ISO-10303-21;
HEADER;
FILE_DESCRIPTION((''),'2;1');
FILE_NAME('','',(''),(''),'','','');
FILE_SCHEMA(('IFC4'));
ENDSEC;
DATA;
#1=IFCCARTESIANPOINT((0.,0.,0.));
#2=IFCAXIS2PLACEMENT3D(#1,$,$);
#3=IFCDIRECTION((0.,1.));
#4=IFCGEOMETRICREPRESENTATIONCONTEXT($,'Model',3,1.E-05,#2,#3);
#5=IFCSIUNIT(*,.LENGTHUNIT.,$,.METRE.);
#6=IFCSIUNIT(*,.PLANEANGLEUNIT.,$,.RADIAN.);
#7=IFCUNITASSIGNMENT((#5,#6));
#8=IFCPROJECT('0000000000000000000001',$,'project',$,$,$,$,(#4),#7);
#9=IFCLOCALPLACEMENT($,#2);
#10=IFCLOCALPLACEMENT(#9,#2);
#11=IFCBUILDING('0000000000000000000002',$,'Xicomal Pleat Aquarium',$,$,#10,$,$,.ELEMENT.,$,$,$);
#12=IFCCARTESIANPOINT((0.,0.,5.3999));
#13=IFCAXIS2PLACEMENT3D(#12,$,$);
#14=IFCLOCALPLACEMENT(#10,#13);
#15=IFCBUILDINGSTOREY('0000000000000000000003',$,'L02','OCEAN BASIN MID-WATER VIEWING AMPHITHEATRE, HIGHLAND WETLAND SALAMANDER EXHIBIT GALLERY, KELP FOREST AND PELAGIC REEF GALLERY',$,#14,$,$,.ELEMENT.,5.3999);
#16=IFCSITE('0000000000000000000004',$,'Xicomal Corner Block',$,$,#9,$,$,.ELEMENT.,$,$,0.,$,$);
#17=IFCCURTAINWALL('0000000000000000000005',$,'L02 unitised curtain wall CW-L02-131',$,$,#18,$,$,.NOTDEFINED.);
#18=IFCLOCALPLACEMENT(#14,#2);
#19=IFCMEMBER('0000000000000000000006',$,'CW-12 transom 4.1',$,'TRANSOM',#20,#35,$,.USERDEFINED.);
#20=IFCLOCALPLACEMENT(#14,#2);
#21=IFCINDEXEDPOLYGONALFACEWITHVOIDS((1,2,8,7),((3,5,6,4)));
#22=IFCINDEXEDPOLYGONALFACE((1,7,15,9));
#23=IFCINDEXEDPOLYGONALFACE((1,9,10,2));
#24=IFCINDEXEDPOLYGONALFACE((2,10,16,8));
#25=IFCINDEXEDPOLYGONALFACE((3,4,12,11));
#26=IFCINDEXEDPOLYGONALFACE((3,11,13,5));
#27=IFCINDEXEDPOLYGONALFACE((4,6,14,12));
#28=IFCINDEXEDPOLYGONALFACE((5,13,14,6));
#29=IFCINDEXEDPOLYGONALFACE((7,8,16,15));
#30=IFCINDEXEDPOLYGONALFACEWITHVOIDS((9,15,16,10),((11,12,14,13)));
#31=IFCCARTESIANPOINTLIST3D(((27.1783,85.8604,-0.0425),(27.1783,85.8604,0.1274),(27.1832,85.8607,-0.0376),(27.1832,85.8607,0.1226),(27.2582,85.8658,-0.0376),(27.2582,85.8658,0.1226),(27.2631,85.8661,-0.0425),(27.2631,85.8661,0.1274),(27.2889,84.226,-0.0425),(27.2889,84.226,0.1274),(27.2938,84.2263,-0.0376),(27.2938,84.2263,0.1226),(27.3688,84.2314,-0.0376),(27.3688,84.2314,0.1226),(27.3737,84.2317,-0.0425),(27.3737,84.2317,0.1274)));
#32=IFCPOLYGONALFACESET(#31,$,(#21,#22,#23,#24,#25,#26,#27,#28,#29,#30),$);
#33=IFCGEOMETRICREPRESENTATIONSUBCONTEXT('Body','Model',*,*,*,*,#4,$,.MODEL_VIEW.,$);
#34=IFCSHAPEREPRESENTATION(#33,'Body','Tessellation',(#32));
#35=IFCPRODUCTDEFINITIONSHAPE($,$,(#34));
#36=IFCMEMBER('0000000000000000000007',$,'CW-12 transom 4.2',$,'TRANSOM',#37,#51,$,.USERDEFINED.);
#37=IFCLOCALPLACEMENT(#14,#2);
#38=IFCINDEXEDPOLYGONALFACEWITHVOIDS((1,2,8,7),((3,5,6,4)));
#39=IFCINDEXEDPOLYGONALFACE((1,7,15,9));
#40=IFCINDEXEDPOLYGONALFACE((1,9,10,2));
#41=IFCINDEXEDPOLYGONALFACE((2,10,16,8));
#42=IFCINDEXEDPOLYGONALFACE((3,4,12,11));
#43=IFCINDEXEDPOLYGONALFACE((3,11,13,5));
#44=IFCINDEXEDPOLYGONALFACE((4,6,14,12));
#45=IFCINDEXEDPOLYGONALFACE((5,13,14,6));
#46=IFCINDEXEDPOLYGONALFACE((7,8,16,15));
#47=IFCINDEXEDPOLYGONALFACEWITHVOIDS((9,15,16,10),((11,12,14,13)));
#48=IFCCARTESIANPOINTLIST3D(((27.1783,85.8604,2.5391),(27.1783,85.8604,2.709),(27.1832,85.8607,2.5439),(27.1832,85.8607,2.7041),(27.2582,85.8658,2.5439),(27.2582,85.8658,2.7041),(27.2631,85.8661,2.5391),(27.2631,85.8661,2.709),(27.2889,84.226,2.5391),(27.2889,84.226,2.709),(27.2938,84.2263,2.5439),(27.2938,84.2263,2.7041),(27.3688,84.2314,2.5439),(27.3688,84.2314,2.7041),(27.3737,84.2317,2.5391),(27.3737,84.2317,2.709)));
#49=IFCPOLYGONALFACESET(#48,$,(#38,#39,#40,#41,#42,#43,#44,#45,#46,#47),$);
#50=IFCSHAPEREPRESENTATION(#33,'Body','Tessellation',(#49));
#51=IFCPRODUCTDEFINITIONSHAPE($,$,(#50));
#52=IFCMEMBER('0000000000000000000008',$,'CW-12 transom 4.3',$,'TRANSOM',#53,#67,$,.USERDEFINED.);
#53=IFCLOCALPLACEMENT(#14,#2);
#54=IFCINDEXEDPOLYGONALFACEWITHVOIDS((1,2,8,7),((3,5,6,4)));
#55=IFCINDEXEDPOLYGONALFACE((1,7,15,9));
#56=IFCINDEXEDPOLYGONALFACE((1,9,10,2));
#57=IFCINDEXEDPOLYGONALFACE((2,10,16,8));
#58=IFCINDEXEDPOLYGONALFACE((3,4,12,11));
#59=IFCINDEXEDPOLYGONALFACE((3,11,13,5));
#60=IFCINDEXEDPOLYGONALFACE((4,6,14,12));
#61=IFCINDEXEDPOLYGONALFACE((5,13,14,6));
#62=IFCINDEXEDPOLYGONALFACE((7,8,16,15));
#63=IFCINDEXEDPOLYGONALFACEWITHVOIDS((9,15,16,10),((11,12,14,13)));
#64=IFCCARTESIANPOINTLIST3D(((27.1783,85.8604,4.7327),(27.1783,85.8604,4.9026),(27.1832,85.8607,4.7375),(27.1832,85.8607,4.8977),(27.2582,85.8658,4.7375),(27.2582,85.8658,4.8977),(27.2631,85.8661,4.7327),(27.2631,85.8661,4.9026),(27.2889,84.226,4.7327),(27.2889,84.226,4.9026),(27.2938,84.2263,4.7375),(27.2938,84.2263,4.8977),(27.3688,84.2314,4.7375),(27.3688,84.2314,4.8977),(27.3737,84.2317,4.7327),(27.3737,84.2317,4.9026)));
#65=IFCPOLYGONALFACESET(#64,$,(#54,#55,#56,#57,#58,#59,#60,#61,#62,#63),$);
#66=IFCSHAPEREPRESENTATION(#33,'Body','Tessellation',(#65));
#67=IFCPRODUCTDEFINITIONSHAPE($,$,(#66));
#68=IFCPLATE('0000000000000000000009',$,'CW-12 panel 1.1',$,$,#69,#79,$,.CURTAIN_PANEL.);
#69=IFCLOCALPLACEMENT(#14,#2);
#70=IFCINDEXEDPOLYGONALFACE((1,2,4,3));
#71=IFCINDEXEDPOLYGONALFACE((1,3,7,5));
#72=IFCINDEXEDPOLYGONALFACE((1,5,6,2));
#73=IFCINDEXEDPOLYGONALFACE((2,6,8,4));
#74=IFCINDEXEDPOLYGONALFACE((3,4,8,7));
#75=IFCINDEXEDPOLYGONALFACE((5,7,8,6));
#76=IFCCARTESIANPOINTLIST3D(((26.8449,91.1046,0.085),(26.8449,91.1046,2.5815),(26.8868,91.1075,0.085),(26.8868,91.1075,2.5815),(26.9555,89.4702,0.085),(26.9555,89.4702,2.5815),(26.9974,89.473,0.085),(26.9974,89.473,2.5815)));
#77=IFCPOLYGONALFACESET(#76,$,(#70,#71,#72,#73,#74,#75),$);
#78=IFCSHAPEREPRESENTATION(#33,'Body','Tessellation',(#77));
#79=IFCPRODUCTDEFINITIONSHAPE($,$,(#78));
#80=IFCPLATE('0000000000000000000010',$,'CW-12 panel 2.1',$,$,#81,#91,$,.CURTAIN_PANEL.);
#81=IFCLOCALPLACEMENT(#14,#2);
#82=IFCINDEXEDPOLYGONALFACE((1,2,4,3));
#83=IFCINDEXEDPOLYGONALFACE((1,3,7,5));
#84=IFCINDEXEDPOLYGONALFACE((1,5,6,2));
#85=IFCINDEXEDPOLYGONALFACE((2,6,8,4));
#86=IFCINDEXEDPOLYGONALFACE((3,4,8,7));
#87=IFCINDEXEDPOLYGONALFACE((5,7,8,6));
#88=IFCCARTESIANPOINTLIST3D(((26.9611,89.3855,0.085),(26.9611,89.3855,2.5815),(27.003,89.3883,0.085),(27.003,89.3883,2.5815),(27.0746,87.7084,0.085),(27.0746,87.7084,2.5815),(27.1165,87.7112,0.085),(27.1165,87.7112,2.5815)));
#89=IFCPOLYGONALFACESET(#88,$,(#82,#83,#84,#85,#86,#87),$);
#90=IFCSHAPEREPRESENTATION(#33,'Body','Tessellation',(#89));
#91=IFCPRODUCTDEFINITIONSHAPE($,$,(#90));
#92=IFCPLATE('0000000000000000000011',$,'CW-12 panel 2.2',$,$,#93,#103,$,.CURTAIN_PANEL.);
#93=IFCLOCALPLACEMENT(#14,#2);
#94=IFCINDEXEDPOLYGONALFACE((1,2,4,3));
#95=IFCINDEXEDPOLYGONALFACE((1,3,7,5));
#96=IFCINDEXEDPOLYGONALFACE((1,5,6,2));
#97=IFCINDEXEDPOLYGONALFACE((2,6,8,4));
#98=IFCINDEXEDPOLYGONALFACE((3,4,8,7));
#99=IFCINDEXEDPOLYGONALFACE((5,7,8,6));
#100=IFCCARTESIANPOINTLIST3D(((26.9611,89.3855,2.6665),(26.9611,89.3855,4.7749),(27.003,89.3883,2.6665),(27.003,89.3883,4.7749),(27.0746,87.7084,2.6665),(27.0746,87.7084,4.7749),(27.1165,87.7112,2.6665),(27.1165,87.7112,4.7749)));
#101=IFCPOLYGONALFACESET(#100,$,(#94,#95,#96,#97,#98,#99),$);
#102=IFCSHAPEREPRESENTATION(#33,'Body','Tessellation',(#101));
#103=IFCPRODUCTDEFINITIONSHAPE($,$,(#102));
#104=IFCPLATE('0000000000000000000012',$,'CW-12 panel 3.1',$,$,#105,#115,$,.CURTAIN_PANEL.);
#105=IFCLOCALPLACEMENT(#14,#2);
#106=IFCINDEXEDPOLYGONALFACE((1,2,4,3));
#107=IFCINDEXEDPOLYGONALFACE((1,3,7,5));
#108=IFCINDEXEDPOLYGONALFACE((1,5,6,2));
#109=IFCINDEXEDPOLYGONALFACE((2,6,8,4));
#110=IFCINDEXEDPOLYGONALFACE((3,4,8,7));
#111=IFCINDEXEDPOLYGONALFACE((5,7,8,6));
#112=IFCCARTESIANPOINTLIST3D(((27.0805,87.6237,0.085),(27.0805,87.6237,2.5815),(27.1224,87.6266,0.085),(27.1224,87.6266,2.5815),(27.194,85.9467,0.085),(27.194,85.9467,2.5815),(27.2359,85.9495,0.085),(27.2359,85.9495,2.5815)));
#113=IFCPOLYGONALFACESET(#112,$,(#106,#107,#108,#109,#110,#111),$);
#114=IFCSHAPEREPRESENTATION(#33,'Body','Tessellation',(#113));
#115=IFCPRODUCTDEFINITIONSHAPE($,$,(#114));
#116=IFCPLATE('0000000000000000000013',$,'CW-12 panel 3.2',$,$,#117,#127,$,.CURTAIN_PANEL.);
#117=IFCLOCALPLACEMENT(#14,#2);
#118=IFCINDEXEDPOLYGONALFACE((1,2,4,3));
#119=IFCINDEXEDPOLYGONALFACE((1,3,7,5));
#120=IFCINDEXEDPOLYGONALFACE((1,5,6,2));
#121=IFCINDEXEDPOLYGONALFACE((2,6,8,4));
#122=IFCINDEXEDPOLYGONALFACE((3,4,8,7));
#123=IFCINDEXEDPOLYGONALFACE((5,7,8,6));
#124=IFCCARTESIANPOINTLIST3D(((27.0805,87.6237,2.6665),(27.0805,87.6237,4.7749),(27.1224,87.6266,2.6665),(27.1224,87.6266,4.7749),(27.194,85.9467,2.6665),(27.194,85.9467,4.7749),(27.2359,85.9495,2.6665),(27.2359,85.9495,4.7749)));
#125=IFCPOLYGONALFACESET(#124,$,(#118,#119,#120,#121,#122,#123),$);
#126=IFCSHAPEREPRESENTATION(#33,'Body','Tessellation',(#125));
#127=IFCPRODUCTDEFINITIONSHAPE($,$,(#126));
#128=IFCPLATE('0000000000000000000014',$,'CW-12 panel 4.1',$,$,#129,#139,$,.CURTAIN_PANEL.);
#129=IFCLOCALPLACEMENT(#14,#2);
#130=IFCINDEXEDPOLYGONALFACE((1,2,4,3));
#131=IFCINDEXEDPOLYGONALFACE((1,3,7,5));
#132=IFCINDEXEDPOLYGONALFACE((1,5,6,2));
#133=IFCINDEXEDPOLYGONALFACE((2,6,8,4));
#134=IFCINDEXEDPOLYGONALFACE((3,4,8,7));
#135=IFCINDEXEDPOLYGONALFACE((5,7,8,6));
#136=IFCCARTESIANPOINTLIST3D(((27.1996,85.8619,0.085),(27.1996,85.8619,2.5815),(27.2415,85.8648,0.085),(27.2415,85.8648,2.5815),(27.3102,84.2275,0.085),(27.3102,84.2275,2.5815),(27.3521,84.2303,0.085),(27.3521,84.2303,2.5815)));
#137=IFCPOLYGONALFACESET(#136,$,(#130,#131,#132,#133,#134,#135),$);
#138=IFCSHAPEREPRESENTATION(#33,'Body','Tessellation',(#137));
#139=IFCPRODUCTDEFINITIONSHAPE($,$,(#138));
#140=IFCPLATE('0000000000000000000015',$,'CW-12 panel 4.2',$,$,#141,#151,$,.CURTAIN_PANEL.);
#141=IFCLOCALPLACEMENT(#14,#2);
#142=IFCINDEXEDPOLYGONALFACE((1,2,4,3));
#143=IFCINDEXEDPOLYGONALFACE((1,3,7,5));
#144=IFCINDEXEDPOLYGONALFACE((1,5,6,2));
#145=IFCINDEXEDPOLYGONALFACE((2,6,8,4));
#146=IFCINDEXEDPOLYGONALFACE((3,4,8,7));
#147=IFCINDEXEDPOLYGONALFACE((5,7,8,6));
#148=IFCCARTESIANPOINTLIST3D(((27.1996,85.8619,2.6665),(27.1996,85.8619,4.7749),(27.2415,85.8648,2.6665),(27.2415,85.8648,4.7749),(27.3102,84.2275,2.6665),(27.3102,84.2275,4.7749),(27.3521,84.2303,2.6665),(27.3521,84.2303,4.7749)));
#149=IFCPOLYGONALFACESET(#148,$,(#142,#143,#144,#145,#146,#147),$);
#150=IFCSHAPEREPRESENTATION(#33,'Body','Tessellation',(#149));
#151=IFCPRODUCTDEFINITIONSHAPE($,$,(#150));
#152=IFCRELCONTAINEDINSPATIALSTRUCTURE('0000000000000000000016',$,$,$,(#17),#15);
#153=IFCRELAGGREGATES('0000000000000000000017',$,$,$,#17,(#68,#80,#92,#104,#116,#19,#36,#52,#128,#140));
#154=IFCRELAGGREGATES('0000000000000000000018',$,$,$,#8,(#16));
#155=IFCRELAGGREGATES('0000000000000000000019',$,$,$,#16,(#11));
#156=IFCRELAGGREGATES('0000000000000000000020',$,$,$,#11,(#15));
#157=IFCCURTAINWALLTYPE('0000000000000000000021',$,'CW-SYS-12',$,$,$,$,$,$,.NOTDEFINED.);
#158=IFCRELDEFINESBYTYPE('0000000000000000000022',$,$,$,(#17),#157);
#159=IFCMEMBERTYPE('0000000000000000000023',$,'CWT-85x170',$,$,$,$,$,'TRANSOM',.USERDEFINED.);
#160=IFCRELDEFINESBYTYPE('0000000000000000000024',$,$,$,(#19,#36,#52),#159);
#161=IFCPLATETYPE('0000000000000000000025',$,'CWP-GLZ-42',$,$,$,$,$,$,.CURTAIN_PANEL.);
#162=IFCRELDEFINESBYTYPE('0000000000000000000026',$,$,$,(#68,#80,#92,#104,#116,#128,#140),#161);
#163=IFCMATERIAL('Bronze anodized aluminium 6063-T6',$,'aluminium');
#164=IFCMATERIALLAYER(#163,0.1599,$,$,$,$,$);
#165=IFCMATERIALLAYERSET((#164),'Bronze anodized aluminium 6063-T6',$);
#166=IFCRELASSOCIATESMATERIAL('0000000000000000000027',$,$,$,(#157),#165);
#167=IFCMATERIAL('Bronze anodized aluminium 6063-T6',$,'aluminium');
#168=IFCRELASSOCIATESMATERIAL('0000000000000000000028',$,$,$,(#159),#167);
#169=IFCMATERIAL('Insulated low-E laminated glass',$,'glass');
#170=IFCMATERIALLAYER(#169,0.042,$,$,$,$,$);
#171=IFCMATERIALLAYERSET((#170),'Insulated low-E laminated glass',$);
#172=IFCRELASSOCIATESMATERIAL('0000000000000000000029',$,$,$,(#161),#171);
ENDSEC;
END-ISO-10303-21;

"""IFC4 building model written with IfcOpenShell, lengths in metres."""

from ifc_helpers import new_model, si_unit, direction, frame, origin, origin_2d, place, context, subcontext, project, spatial, rectangle, hollow_rectangle, extrude, material, layer, layer_set, material_profile, profile_set, type_object, element, aggregate, save


model = new_model("IFC4")

# Units and contexts
model_context = context("Model", 3, precision=1e-05, world=origin(), true_north=direction((0.0, 1.0)))
body_context = subcontext(model_context, "Body", "Model", "MODEL_VIEW")
ifc_project = project(units=[si_unit("LENGTHUNIT", "METRE"), si_unit("PLANEANGLEUNIT", "RADIAN")], contexts=[model_context])

# Site, building, storey
site_placement = place(None, origin())
site = spatial("IfcSite", under=ifc_project, at=site_placement, Name="Xicomal Corner Block", CompositionType="ELEMENT", RefElevation=0.0)
building_placement = place(site_placement, origin())
building = spatial("IfcBuilding", under=site, at=building_placement, Name="Xicomal Pleat Aquarium", CompositionType="ELEMENT")
storey_placement = place(building_placement, frame((0.0, 0.0, 5.3999)))
storey = spatial("IfcBuildingStorey", under=building, at=storey_placement, Name="L02", Description="OCEAN BASIN MID-WATER VIEWING AMPHITHEATRE, HIGHLAND WETLAND SALAMANDER EXHIBIT GALLERY, KELP FOREST AND PELAGIC REEF GALLERY", CompositionType="ELEMENT", Elevation=5.3999)

# Curtain wall, members, plates
ifc_material_1 = material(Name="Bronze anodized aluminium 6063-T6", Category="aluminium")
ifc_layer_1 = layer(ifc_material_1, 0.1599)
ifc_layer_set_1 = layer_set([ifc_layer_1], Name="Bronze anodized aluminium 6063-T6")
curtain_wall_type = type_object("IfcCurtainWallType", Name="CW-SYS-12", PredefinedType="NOTDEFINED", material=ifc_layer_set_1)
curtain_wall_placement = place(storey_placement, origin())
curtain_wall = element("IfcCurtainWall", 1, at=curtain_wall_placement, inside=storey, type_object=curtain_wall_type, Name="L02 unitised curtain wall CW-L02-131", PredefinedType="NOTDEFINED")
ifc_material_2 = material(Name="Bronze anodized aluminium 6063-T6", Category="aluminium")
ifc_material_profile_1 = material_profile(ifc_material_2, hollow_rectangle(XDim=0.085, YDim=0.1699, WallThickness=0.0049, at=origin_2d()), Name="ALU TRAN 85x170")
ifc_profile_set_1 = profile_set([ifc_material_profile_1], Name="Bronze anodized aluminium 6063-T6")
member_type_1 = type_object("IfcMemberType", Name="CWT-85x170", ElementType="TRANSOM", PredefinedType="USERDEFINED", material=ifc_profile_set_1)
member_1_placement = place(storey_placement, frame((27.2207, 85.8633, 0.0425), z_axis=(0.067508, -0.997719, 0.0), x_axis=(0.997719, 0.067508, 0.0)))
member_1 = element("IfcMember", 2, at=member_1_placement, type_object=member_type_1, Name="CW-12 transom 4.1", ObjectType="TRANSOM", PredefinedType="USERDEFINED", context=body_context, shape_type="SweptSolid", body=[
    extrude(hollow_rectangle(XDim=0.085, YDim=0.1699, WallThickness=0.0049, at=origin_2d()), origin(), (0.0, 0.0, 1.0), 1.6382),
])
member_2_placement = place(storey_placement, frame((27.2207, 85.8633, 2.624), z_axis=(0.067508, -0.997719, 0.0), x_axis=(0.997719, 0.067508, 0.0)))
member_2 = element("IfcMember", 3, at=member_2_placement, type_object=member_type_1, Name="CW-12 transom 4.2", ObjectType="TRANSOM", PredefinedType="USERDEFINED", context=body_context, shape_type="SweptSolid", body=[
    extrude(hollow_rectangle(XDim=0.085, YDim=0.1699, WallThickness=0.0049, at=origin_2d()), origin(), (0.0, 0.0, 1.0), 1.6382),
])
member_3_placement = place(storey_placement, frame((27.2207, 85.8633, 4.8176), z_axis=(0.067508, -0.997719, 0.0), x_axis=(0.997719, 0.067508, 0.0)))
member_3 = element("IfcMember", 4, at=member_3_placement, type_object=member_type_1, Name="CW-12 transom 4.3", ObjectType="TRANSOM", PredefinedType="USERDEFINED", context=body_context, shape_type="SweptSolid", body=[
    extrude(hollow_rectangle(XDim=0.085, YDim=0.1699, WallThickness=0.0049, at=origin_2d()), origin(), (0.0, 0.0, 1.0), 1.6382),
])
ifc_material_3 = material(Name="Insulated low-E laminated glass", Category="glass")
ifc_layer_2 = layer(ifc_material_3, 0.042)
ifc_layer_set_2 = layer_set([ifc_layer_2], Name="Insulated low-E laminated glass")
plate_type = type_object("IfcPlateType", Name="CWP-GLZ-42", PredefinedType="CURTAIN_PANEL", material=ifc_layer_set_2)
plate_1_placement = place(storey_placement, frame((26.9211, 90.2888, 0.085), z_axis=(0.0, 0.0, 1.0), x_axis=(0.067534, -0.997717, 0.0)))
plate_1 = element("IfcPlate", 5, at=plate_1_placement, type_object=plate_type, Name="CW-12 panel 1.1", PredefinedType="CURTAIN_PANEL", context=body_context, shape_type="SweptSolid", body=[
    extrude(rectangle(XDim=1.6382, YDim=0.042, at=origin_2d()), origin(), (0.0, 0.0, 1.0), 2.4966),
])
plate_2_placement = place(storey_placement, frame((27.0388, 88.5483, 0.085), z_axis=(0.0, 0.0, 1.0), x_axis=(0.067534, -0.997717, 0.0)))
plate_2 = element("IfcPlate", 6, at=plate_2_placement, type_object=plate_type, Name="CW-12 panel 2.1", PredefinedType="CURTAIN_PANEL", context=body_context, shape_type="SweptSolid", body=[
    extrude(rectangle(XDim=1.6809, YDim=0.042, at=origin_2d()), origin(), (0.0, 0.0, 1.0), 2.4966),
])
plate_3_placement = place(storey_placement, frame((27.0388, 88.5483, 2.6665), z_axis=(0.0, 0.0, 1.0), x_axis=(0.067534, -0.997717, 0.0)))
plate_3 = element("IfcPlate", 7, at=plate_3_placement, type_object=plate_type, Name="CW-12 panel 2.2", PredefinedType="CURTAIN_PANEL", context=body_context, shape_type="SweptSolid", body=[
    extrude(rectangle(XDim=1.6809, YDim=0.042, at=origin_2d()), origin(), (0.0, 0.0, 1.0), 2.1084),
])
plate_4_placement = place(storey_placement, frame((27.1582, 86.7866, 0.085), z_axis=(0.0, 0.0, 1.0), x_axis=(0.067534, -0.997717, 0.0)))
plate_4 = element("IfcPlate", 8, at=plate_4_placement, type_object=plate_type, Name="CW-12 panel 3.1", PredefinedType="CURTAIN_PANEL", context=body_context, shape_type="SweptSolid", body=[
    extrude(rectangle(XDim=1.6809, YDim=0.042, at=origin_2d()), origin(), (0.0, 0.0, 1.0), 2.4966),
])
plate_5_placement = place(storey_placement, frame((27.1582, 86.7866, 2.6665), z_axis=(0.0, 0.0, 1.0), x_axis=(0.067534, -0.997717, 0.0)))
plate_5 = element("IfcPlate", 9, at=plate_5_placement, type_object=plate_type, Name="CW-12 panel 3.2", PredefinedType="CURTAIN_PANEL", context=body_context, shape_type="SweptSolid", body=[
    extrude(rectangle(XDim=1.6809, YDim=0.042, at=origin_2d()), origin(), (0.0, 0.0, 1.0), 2.1084),
])
plate_6_placement = place(storey_placement, frame((27.2759, 85.0461, 0.085), z_axis=(0.0, 0.0, 1.0), x_axis=(0.067534, -0.997717, 0.0)))
plate_6 = element("IfcPlate", 10, at=plate_6_placement, type_object=plate_type, Name="CW-12 panel 4.1", PredefinedType="CURTAIN_PANEL", context=body_context, shape_type="SweptSolid", body=[
    extrude(rectangle(XDim=1.6382, YDim=0.042, at=origin_2d()), origin(), (0.0, 0.0, 1.0), 2.4966),
])
plate_7_placement = place(storey_placement, frame((27.2759, 85.0461, 2.6665), z_axis=(0.0, 0.0, 1.0), x_axis=(0.067534, -0.997717, 0.0)))
plate_7 = element("IfcPlate", 11, at=plate_7_placement, type_object=plate_type, Name="CW-12 panel 4.2", PredefinedType="CURTAIN_PANEL", context=body_context, shape_type="SweptSolid", body=[
    extrude(rectangle(XDim=1.6382, YDim=0.042, at=origin_2d()), origin(), (0.0, 0.0, 1.0), 2.1084),
])
aggregate(curtain_wall, [plate_1, plate_2, plate_3, plate_4, plate_5, member_1, member_2, member_3, plate_6, plate_7])

save(model, "model.ifc")
